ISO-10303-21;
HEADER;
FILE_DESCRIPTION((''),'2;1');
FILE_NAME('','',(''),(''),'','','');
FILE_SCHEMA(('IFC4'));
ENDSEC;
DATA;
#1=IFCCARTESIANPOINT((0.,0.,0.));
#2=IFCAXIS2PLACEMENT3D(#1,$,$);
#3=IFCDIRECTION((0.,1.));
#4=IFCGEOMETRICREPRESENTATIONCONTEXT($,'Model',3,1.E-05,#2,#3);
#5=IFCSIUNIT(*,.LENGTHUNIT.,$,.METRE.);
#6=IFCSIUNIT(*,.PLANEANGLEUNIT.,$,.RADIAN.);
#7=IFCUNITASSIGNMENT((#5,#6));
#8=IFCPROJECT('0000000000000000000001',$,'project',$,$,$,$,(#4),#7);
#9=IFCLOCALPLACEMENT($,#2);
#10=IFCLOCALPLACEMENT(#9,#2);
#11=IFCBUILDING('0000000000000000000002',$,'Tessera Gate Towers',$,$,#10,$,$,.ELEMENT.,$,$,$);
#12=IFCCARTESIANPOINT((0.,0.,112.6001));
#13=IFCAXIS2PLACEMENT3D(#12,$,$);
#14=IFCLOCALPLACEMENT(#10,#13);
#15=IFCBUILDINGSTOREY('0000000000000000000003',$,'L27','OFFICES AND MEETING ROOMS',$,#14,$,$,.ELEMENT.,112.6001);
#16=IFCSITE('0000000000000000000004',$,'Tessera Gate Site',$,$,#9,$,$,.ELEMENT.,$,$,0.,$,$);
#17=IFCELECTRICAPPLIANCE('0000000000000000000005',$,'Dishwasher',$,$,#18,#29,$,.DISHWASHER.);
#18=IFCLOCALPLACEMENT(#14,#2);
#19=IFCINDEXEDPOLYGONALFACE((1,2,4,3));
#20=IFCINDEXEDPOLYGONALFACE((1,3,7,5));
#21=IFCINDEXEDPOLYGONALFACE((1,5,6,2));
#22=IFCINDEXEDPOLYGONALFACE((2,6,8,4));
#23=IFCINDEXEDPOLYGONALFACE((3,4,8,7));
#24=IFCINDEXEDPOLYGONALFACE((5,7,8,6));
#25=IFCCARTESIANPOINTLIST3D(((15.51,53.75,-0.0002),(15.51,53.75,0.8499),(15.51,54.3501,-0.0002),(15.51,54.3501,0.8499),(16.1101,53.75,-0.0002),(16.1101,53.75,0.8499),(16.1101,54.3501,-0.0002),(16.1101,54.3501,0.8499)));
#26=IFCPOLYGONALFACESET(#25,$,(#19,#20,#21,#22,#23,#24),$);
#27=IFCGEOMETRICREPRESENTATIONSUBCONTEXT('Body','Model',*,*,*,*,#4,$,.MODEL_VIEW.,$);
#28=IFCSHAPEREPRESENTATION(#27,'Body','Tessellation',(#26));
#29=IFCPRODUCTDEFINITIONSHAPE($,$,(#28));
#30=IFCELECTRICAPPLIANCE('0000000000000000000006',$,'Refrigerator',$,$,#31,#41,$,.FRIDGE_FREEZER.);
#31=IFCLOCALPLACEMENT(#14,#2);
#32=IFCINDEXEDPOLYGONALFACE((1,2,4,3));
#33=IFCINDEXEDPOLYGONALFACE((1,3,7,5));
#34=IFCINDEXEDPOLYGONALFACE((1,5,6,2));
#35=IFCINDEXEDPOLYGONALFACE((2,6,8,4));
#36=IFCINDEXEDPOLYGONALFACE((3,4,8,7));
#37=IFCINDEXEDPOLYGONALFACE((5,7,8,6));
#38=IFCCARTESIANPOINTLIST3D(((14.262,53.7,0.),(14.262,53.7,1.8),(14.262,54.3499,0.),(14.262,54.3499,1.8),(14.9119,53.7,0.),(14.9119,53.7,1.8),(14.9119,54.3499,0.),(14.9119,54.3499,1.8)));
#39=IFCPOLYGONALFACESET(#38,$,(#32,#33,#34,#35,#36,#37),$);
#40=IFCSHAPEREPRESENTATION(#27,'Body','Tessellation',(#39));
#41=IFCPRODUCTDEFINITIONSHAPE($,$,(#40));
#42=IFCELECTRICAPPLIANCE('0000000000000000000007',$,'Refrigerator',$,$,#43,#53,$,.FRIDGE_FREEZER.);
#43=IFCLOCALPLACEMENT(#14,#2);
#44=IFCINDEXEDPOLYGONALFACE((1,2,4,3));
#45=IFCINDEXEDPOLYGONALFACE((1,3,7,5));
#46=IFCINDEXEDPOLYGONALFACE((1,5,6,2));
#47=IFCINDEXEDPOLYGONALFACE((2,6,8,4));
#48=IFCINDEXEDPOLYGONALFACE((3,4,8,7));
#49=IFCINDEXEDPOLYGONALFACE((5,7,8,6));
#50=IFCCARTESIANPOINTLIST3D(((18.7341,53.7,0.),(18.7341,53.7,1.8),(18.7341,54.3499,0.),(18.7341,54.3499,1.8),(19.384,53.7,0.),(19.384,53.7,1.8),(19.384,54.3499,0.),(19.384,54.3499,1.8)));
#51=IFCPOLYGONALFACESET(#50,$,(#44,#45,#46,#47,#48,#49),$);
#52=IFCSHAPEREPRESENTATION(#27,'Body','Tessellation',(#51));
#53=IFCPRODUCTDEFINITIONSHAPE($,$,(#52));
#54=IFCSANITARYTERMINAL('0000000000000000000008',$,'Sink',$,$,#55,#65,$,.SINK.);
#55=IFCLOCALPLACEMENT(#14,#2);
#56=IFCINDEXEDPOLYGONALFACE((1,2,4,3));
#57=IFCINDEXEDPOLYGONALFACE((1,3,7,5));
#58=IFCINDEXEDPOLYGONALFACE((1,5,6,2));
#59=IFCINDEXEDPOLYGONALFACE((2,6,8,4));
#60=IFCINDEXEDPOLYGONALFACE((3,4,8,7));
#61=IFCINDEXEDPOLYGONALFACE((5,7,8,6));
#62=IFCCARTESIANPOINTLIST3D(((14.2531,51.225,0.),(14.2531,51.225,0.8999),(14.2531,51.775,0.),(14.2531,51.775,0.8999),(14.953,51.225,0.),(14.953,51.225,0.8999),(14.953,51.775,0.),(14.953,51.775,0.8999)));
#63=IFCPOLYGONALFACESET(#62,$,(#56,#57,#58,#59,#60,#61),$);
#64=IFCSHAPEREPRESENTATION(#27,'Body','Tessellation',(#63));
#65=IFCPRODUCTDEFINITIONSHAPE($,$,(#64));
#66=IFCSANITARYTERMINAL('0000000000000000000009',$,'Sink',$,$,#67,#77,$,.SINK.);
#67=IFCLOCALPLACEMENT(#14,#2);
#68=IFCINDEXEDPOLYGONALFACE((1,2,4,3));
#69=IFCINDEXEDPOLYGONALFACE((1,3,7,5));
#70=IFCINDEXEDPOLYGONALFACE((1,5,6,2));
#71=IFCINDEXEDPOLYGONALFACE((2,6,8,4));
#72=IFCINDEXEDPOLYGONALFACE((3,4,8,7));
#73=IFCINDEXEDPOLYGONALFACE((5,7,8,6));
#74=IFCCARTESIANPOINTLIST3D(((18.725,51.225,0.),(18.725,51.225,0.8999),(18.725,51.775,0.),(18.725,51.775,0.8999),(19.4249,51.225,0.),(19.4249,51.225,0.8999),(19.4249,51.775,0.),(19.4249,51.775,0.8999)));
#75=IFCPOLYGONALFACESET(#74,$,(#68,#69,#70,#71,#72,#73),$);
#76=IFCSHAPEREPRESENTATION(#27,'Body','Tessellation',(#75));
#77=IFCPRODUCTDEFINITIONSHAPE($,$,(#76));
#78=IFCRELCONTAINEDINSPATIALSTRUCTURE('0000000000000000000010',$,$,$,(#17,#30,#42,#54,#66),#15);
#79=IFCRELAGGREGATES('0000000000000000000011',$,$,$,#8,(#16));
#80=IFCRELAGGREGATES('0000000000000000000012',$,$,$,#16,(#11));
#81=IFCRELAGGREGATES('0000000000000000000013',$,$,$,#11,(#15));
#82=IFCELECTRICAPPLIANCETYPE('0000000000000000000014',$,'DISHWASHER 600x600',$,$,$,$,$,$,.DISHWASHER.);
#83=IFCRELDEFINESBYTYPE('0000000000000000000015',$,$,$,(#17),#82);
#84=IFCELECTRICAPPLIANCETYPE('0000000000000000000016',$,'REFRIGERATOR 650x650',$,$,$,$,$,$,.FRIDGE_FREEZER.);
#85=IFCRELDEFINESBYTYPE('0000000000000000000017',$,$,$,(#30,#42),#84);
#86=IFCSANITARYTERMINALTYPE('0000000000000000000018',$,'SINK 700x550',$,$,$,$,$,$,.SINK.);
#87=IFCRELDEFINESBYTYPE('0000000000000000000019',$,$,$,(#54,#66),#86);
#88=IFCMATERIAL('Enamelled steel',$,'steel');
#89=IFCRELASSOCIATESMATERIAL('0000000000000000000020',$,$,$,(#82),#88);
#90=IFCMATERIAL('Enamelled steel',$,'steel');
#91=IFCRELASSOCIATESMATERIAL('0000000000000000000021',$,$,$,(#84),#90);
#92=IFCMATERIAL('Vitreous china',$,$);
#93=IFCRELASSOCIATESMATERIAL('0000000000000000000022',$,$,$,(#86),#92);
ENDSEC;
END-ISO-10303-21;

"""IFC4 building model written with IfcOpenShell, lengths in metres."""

from ifc_helpers import new_model, si_unit, direction, frame, origin, origin_2d, place, context, subcontext, project, spatial, rectangle, extrude, material, type_object, element, save


model = new_model("IFC4")

# Units and contexts
model_context = context("Model", 3, precision=1e-05, world=origin(), true_north=direction((0.0, 1.0)))
body_context = subcontext(model_context, "Body", "Model", "MODEL_VIEW")
ifc_project = project(units=[si_unit("LENGTHUNIT", "METRE"), si_unit("PLANEANGLEUNIT", "RADIAN")], contexts=[model_context])

# Site, building, storey
site_placement = place(None, origin())
site = spatial("IfcSite", under=ifc_project, at=site_placement, Name="Tessera Gate Site", CompositionType="ELEMENT", RefElevation=0.0)
building_placement = place(site_placement, origin())
building = spatial("IfcBuilding", under=site, at=building_placement, Name="Tessera Gate Towers", CompositionType="ELEMENT")
storey_placement = place(building_placement, frame((0.0, 0.0, 112.6001)))
storey = spatial("IfcBuildingStorey", under=building, at=storey_placement, Name="L27", Description="OFFICES AND MEETING ROOMS", CompositionType="ELEMENT", Elevation=112.6001)

# Electric appliances
ifc_material_1 = material(Name="Enamelled steel", Category="steel")
electric_appliance_type_1 = type_object("IfcElectricApplianceType", Name="DISHWASHER 600x600", PredefinedType="DISHWASHER", material=ifc_material_1)
electric_appliance_placement = place(storey_placement, frame((15.8101, 54.05, -0.0002), z_axis=(0.0, 0.0, 1.0), x_axis=(1.0, 0.0, 0.0)))
element("IfcElectricAppliance", 1, at=electric_appliance_placement, inside=storey, type_object=electric_appliance_type_1, Name="Dishwasher", PredefinedType="DISHWASHER", context=body_context, shape_type="SweptSolid", body=[
    extrude(rectangle(XDim=0.6001, YDim=0.6001, at=origin_2d()), origin(), (0.0, 0.0, 1.0), 0.8501),
])
ifc_material_2 = material(Name="Enamelled steel", Category="steel")
electric_appliance_type_2 = type_object("IfcElectricApplianceType", Name="REFRIGERATOR 650x650", PredefinedType="FRIDGE_FREEZER", material=ifc_material_2)
for number, where, z_axis, x_axis, name in (
    (2, (14.5869, 54.0249, 0.0), (0.0, 0.0, 1.0), (1.0, 0.0, 0.0), "Refrigerator"),
    (3, (19.0591, 54.0249, 0.0), (0.0, 0.0, 1.0), (1.0, 0.0, 0.0), "Refrigerator"),
):
    element("IfcElectricAppliance", number, at=place(storey_placement, frame(where, z_axis=z_axis, x_axis=x_axis)), inside=storey, type_object=electric_appliance_type_2, Name=name, PredefinedType="FRIDGE_FREEZER", context=body_context, shape_type="SweptSolid", body=[
        extrude(rectangle(XDim=0.6499, YDim=0.6499, at=origin_2d()), origin(), (0.0, 0.0, 1.0), 1.8),
    ])

# Sanitary terminals
ifc_material_3 = material(Name="Vitreous china")
sanitary_terminal_type = type_object("IfcSanitaryTerminalType", Name="SINK 700x550", PredefinedType="SINK", material=ifc_material_3)
for number, where, z_axis, x_axis, name in (
    (4, (14.603, 51.5, 0.0), (0.0, 0.0, 1.0), (1.0, 0.0, 0.0), "Sink"),
    (5, (19.075, 51.5, 0.0), (0.0, 0.0, 1.0), (1.0, 0.0, 0.0), "Sink"),
):
    element("IfcSanitaryTerminal", number, at=place(storey_placement, frame(where, z_axis=z_axis, x_axis=x_axis)), inside=storey, type_object=sanitary_terminal_type, Name=name, PredefinedType="SINK", context=body_context, shape_type="SweptSolid", body=[
        extrude(rectangle(XDim=0.7, YDim=0.55, at=origin_2d()), origin(), (0.0, 0.0, 1.0), 0.8999),
    ])

save(model, "model.ifc")
